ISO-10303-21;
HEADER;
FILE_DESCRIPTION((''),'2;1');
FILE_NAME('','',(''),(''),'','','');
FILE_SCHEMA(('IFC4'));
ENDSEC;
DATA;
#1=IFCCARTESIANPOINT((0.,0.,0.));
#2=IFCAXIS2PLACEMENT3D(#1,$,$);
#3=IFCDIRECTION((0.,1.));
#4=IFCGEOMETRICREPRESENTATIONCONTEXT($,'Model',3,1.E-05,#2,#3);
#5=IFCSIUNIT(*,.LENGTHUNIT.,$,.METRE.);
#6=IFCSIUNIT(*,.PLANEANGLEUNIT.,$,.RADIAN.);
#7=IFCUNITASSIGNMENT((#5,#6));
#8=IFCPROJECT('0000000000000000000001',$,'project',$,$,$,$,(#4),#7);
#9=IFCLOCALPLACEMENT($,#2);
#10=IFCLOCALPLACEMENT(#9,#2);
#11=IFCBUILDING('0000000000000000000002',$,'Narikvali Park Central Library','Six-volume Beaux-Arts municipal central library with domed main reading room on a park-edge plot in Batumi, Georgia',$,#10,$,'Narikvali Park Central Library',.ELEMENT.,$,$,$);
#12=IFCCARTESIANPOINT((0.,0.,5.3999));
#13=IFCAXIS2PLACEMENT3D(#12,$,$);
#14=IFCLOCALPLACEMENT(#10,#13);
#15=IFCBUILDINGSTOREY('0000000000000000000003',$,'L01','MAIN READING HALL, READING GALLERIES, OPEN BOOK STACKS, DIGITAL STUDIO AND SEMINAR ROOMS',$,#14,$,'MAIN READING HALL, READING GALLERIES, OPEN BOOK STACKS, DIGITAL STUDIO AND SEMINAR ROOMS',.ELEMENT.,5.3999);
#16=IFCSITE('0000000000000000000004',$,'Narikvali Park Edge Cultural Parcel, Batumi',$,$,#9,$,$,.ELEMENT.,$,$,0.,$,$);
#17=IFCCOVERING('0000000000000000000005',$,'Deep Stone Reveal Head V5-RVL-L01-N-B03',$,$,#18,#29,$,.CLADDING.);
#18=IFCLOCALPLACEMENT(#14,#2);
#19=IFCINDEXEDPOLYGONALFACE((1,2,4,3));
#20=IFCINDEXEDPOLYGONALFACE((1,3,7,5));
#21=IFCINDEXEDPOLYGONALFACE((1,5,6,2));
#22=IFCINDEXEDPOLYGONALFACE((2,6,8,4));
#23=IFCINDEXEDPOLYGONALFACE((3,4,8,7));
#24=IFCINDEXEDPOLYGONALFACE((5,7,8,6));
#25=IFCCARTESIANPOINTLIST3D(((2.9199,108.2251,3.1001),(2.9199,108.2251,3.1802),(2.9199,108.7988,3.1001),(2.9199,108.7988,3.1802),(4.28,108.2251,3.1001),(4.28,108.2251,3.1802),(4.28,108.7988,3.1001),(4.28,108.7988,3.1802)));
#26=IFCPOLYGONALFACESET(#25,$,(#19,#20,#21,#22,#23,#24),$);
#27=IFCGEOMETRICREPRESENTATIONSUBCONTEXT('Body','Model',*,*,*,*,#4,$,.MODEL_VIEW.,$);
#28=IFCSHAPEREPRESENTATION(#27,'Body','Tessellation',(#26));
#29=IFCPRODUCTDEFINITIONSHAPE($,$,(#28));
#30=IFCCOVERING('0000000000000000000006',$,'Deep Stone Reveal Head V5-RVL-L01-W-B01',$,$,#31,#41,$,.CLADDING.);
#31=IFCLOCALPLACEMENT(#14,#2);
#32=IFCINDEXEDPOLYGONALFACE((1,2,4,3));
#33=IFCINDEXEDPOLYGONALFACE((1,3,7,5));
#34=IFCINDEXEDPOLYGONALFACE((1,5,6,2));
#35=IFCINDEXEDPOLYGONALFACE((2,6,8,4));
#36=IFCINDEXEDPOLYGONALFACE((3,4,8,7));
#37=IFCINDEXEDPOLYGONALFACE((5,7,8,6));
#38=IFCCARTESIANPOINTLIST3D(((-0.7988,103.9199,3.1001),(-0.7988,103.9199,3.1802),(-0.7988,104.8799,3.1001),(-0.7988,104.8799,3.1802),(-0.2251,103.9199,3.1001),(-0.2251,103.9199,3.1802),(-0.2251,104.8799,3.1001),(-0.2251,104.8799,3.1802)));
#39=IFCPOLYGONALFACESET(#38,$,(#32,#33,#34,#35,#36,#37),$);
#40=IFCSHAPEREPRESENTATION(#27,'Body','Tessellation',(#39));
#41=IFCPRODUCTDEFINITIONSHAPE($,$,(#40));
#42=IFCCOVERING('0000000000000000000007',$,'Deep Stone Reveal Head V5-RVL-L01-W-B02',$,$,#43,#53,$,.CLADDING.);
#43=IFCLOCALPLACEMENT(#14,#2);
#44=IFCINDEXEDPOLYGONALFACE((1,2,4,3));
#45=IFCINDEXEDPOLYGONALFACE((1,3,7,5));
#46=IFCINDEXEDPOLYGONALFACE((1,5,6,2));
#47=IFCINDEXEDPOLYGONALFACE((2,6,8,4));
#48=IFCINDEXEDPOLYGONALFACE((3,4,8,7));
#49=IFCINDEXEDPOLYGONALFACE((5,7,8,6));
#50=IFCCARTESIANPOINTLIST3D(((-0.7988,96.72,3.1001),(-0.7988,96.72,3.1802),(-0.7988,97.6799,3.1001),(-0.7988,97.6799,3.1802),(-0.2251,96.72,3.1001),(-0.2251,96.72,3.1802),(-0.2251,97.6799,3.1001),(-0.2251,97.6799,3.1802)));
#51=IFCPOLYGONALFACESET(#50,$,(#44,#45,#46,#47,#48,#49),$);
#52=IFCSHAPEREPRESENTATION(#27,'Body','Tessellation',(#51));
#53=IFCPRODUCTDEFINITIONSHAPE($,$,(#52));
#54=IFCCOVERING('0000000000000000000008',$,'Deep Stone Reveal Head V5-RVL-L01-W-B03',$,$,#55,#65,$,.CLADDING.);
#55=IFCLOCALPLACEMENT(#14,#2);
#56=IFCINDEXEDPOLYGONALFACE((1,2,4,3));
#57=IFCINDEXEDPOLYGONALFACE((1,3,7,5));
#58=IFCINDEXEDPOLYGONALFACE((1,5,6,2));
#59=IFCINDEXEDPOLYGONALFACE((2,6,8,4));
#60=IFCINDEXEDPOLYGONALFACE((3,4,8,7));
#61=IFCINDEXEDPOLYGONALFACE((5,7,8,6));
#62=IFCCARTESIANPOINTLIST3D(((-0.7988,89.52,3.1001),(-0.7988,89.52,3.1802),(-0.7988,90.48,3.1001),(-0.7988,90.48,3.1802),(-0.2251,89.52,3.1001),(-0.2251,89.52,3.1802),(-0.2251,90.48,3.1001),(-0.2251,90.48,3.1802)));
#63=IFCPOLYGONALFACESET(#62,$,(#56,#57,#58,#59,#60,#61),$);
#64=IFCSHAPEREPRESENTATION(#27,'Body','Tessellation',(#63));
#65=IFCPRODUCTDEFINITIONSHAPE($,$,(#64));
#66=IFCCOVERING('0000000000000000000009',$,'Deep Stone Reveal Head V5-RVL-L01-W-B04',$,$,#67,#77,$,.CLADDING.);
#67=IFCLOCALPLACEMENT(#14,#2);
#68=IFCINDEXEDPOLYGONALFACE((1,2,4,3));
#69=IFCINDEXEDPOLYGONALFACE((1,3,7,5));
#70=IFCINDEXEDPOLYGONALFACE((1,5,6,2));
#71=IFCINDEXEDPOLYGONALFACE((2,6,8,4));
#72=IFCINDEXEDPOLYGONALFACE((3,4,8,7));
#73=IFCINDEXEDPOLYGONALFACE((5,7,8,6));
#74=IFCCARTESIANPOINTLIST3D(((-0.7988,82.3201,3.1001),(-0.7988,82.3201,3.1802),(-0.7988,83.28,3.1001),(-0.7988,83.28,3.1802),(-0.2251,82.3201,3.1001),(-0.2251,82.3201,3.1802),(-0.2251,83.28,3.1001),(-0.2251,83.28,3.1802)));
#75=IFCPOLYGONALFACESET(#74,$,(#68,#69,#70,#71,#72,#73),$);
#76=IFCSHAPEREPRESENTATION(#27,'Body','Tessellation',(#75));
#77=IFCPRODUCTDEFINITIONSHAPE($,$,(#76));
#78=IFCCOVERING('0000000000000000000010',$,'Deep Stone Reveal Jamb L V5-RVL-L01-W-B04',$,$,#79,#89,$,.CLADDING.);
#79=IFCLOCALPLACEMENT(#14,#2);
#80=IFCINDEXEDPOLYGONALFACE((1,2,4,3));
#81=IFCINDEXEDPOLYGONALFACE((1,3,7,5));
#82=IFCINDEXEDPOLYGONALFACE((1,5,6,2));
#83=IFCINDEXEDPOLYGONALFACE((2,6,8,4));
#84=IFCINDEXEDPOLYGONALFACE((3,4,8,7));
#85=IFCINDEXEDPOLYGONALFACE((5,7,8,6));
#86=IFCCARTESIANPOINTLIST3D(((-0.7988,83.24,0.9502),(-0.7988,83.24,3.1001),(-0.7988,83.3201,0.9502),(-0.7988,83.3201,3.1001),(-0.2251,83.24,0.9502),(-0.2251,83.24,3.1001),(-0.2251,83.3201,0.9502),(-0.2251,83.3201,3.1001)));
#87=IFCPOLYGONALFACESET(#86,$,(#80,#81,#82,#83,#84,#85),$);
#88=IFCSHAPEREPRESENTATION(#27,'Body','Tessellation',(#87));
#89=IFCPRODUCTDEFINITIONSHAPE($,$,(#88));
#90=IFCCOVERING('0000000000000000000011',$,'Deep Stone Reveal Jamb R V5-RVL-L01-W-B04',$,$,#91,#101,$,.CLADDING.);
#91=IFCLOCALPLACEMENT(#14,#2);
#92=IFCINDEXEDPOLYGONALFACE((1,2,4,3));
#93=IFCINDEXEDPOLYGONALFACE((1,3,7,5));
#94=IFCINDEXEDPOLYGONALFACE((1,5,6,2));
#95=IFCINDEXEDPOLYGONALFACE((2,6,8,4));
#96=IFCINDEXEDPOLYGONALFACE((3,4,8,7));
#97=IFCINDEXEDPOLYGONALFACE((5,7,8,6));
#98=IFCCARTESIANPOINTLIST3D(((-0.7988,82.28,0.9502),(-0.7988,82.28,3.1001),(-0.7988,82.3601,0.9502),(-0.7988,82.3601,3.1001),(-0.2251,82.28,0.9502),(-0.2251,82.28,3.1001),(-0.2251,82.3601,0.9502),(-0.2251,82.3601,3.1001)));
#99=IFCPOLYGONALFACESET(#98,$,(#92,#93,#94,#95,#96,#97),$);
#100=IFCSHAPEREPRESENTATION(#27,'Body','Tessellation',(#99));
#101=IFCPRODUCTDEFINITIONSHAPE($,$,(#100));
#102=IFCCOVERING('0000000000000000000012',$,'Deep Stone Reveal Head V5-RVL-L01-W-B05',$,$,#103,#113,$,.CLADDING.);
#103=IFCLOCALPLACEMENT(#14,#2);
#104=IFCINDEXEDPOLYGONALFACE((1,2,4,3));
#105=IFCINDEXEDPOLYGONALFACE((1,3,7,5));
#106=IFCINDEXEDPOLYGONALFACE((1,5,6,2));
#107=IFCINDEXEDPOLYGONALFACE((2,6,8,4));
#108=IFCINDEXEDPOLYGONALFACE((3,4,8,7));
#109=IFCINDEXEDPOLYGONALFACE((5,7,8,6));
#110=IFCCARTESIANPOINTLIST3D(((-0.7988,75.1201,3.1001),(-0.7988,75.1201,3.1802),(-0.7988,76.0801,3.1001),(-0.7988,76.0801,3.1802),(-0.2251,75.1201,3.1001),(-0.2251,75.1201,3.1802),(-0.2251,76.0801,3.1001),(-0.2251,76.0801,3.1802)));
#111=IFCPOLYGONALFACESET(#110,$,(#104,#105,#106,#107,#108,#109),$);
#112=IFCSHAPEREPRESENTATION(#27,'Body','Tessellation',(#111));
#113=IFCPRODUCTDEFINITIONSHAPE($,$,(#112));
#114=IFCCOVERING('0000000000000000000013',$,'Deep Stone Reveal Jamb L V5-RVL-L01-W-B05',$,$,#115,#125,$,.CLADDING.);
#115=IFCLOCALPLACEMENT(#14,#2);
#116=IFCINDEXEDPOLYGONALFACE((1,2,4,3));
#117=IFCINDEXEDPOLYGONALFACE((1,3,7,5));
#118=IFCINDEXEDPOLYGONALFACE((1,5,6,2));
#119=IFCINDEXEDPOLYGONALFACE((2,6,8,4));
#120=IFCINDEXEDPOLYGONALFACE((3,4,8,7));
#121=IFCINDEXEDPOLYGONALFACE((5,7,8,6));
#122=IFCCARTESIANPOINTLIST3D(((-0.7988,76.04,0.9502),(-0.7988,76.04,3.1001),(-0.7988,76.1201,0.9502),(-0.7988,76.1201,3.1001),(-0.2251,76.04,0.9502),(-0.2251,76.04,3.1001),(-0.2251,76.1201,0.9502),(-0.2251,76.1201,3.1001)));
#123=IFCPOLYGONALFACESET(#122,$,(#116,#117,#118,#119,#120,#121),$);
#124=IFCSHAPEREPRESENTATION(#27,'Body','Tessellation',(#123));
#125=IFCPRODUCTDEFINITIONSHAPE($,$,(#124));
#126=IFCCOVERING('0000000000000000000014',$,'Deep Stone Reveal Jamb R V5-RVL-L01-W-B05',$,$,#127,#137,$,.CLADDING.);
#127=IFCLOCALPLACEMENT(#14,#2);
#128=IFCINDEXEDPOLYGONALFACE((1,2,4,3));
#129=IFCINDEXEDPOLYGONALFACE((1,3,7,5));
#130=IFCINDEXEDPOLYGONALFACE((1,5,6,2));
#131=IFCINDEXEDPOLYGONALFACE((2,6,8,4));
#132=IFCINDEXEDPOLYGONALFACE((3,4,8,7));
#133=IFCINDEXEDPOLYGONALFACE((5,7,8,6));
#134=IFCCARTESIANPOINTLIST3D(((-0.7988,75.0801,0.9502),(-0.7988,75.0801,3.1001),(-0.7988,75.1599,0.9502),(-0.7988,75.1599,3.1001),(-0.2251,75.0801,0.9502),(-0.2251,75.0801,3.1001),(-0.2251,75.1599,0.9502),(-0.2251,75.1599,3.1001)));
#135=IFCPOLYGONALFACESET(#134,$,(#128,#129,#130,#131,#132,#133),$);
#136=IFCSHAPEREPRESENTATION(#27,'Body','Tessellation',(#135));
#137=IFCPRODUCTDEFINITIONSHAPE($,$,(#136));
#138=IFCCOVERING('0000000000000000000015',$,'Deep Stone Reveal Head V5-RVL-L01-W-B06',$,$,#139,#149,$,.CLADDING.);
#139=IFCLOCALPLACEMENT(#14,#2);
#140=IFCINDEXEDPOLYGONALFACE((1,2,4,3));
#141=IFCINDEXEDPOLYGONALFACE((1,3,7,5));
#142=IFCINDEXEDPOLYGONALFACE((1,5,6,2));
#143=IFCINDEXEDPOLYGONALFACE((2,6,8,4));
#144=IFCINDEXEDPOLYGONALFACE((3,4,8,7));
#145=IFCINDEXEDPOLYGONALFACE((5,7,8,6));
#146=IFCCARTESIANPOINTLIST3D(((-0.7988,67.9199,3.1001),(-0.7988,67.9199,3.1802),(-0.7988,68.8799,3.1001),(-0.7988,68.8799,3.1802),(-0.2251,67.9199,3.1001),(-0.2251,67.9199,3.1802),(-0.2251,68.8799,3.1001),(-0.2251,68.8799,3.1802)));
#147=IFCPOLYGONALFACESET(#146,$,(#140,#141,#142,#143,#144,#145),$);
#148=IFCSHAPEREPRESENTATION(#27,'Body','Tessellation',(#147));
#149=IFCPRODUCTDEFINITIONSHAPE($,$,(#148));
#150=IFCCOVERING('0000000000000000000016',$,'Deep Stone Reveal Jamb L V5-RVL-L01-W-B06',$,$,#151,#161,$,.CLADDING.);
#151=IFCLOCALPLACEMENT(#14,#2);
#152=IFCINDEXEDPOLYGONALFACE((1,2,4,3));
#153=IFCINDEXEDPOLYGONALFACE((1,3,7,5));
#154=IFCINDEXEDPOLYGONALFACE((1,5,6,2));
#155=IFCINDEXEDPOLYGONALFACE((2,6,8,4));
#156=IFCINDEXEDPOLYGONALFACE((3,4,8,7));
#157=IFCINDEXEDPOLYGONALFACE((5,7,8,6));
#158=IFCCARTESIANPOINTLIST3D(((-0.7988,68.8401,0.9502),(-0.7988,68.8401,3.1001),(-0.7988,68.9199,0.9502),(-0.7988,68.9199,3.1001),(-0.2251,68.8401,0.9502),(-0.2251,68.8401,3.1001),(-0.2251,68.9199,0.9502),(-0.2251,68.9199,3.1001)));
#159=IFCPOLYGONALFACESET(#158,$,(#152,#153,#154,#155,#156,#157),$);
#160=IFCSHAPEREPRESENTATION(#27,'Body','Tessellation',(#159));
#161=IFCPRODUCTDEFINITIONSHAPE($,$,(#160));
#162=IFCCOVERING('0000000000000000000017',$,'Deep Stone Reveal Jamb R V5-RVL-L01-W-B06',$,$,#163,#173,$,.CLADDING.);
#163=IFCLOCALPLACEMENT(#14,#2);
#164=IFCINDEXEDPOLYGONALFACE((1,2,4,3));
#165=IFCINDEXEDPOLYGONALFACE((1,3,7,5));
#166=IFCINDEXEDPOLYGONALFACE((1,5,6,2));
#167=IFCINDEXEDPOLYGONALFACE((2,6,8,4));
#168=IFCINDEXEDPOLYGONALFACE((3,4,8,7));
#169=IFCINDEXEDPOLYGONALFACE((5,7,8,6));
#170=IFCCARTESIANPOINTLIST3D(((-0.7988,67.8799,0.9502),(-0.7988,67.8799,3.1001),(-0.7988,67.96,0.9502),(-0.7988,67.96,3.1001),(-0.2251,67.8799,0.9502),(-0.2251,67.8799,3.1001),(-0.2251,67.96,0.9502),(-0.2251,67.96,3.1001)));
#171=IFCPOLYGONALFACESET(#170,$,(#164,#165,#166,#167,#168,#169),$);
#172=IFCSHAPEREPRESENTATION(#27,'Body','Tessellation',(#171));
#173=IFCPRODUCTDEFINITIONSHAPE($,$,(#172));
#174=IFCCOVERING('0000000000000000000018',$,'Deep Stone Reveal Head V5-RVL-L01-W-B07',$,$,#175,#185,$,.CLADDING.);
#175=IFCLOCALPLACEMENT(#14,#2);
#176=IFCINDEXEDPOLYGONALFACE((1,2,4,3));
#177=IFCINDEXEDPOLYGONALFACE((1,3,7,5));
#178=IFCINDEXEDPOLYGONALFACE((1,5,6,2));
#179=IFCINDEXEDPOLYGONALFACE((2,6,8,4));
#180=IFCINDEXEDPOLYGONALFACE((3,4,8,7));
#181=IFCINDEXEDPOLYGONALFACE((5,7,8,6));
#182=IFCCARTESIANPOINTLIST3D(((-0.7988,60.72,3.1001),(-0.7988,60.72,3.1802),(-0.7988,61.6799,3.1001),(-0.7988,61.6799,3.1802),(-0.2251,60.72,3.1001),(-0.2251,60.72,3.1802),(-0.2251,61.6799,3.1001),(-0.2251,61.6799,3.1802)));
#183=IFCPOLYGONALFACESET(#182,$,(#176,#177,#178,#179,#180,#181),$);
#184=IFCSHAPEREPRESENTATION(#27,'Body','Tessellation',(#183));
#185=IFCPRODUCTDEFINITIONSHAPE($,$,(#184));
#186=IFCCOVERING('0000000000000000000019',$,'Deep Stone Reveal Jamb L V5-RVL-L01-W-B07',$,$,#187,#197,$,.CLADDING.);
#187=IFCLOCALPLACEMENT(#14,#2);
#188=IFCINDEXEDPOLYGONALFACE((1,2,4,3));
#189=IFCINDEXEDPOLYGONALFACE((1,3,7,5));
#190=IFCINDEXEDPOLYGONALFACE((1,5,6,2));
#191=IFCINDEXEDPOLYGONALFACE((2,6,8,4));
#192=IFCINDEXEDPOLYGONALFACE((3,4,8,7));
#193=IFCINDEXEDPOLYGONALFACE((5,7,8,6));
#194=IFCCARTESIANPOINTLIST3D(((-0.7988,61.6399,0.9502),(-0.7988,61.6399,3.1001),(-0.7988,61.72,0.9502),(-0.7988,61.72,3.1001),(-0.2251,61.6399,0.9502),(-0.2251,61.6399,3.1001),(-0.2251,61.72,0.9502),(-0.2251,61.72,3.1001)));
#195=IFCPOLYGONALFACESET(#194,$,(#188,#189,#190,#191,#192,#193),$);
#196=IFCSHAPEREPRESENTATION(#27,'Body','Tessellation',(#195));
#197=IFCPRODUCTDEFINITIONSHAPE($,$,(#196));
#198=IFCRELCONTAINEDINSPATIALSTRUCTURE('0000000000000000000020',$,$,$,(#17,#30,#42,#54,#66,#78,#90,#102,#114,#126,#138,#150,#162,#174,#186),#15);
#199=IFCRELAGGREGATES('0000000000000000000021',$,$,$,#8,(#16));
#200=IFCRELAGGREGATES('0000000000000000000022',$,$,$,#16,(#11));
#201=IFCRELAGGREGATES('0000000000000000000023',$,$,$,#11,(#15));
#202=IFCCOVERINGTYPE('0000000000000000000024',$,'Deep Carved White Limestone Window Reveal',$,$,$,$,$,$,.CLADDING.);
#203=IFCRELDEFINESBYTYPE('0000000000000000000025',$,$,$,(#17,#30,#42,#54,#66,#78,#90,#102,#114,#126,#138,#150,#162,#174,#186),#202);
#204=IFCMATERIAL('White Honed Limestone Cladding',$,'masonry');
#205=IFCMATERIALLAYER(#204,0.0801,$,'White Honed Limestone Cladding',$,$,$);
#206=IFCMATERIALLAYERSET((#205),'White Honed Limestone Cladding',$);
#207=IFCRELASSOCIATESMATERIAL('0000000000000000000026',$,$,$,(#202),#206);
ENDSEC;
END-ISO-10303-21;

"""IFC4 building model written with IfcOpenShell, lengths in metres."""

from ifc_helpers import new_model, si_unit, direction, frame, origin, place, context, subcontext, project, spatial, polyline, outline, extrude, material, layer, layer_set, type_object, element, save


model = new_model("IFC4")

# Units and contexts
model_context = context("Model", 3, precision=1e-05, world=origin(), true_north=direction((0.0, 1.0)))
body_context = subcontext(model_context, "Body", "Model", "MODEL_VIEW")
ifc_project = project(units=[si_unit("LENGTHUNIT", "METRE"), si_unit("PLANEANGLEUNIT", "RADIAN")], contexts=[model_context])

# Site, building, storey
site_placement = place(None, origin())
site = spatial("IfcSite", under=ifc_project, at=site_placement, Name="Narikvali Park Edge Cultural Parcel, Batumi", CompositionType="ELEMENT", RefElevation=0.0)
building_placement = place(site_placement, origin())
building = spatial("IfcBuilding", under=site, at=building_placement, Name="Narikvali Park Central Library", Description="Six-volume Beaux-Arts municipal central library with domed main reading room on a park-edge plot in Batumi, Georgia", LongName="Narikvali Park Central Library", CompositionType="ELEMENT")
storey_placement = place(building_placement, frame((0.0, 0.0, 5.3999)))
storey = spatial("IfcBuildingStorey", under=building, at=storey_placement, Name="L01", Description="MAIN READING HALL, READING GALLERIES, OPEN BOOK STACKS, DIGITAL STUDIO AND SEMINAR ROOMS", LongName="MAIN READING HALL, READING GALLERIES, OPEN BOOK STACKS, DIGITAL STUDIO AND SEMINAR ROOMS", CompositionType="ELEMENT", Elevation=5.3999)

# Coverings
ifc_material = material(Name="White Honed Limestone Cladding", Category="masonry")
ifc_layer = layer(ifc_material, 0.0801, Name="White Honed Limestone Cladding")
ifc_layer_set = layer_set([ifc_layer], Name="White Honed Limestone Cladding")
covering_type = type_object("IfcCoveringType", Name="Deep Carved White Limestone Window Reveal", PredefinedType="CLADDING", material=ifc_layer_set)
covering_1_placement = place(storey_placement, frame((0.0, 0.0, 3.1001)))
element("IfcCovering", 1, at=covering_1_placement, inside=storey, type_object=covering_type, Name="Deep Stone Reveal Head V5-RVL-L01-N-B03", PredefinedType="CLADDING", context=body_context, shape_type="SweptSolid", body=[
    extrude(outline(polyline([(4.28, 108.2251), (2.9199, 108.2251), (2.9199, 108.7988), (4.28, 108.7988), (4.28, 108.2251)])), origin(), (0.0, 0.0, 1.0), 0.0801),
])
covering_2_placement = place(storey_placement, frame((0.0, 0.0, 3.1001)))
element("IfcCovering", 2, at=covering_2_placement, inside=storey, type_object=covering_type, Name="Deep Stone Reveal Head V5-RVL-L01-W-B01", PredefinedType="CLADDING", context=body_context, shape_type="SweptSolid", body=[
    extrude(outline(polyline([(-0.2251, 104.8799), (-0.2251, 103.9199), (-0.7988, 103.9199), (-0.7988, 104.8799), (-0.2251, 104.8799)])), origin(), (0.0, 0.0, 1.0), 0.0801),
])
covering_3_placement = place(storey_placement, frame((0.0, 0.0, 3.1001)))
element("IfcCovering", 3, at=covering_3_placement, inside=storey, type_object=covering_type, Name="Deep Stone Reveal Head V5-RVL-L01-W-B02", PredefinedType="CLADDING", context=body_context, shape_type="SweptSolid", body=[
    extrude(outline(polyline([(-0.2251, 97.6799), (-0.2251, 96.72), (-0.7988, 96.72), (-0.7988, 97.6799), (-0.2251, 97.6799)])), origin(), (0.0, 0.0, 1.0), 0.0801),
])
covering_4_placement = place(storey_placement, frame((0.0, 0.0, 3.1001)))
element("IfcCovering", 4, at=covering_4_placement, inside=storey, type_object=covering_type, Name="Deep Stone Reveal Head V5-RVL-L01-W-B03", PredefinedType="CLADDING", context=body_context, shape_type="SweptSolid", body=[
    extrude(outline(polyline([(-0.2251, 90.48), (-0.2251, 89.52), (-0.7988, 89.52), (-0.7988, 90.48), (-0.2251, 90.48)])), origin(), (0.0, 0.0, 1.0), 0.0801),
])
covering_5_placement = place(storey_placement, frame((0.0, 0.0, 3.1001)))
element("IfcCovering", 5, at=covering_5_placement, inside=storey, type_object=covering_type, Name="Deep Stone Reveal Head V5-RVL-L01-W-B04", PredefinedType="CLADDING", context=body_context, shape_type="SweptSolid", body=[
    extrude(outline(polyline([(-0.2251, 83.28), (-0.2251, 82.3201), (-0.7988, 82.3201), (-0.7988, 83.28), (-0.2251, 83.28)])), origin(), (0.0, 0.0, 1.0), 0.0801),
])
covering_6_placement = place(storey_placement, frame((0.0, 0.0, 0.9502)))
element("IfcCovering", 6, at=covering_6_placement, inside=storey, type_object=covering_type, Name="Deep Stone Reveal Jamb L V5-RVL-L01-W-B04", PredefinedType="CLADDING", context=body_context, shape_type="SweptSolid", body=[
    extrude(outline(polyline([(-0.2251, 83.3201), (-0.2251, 83.24), (-0.7988, 83.24), (-0.7988, 83.3201), (-0.2251, 83.3201)])), origin(), (0.0, 0.0, 1.0), 2.1499),
])
covering_7_placement = place(storey_placement, frame((0.0, 0.0, 0.9502)))
element("IfcCovering", 7, at=covering_7_placement, inside=storey, type_object=covering_type, Name="Deep Stone Reveal Jamb R V5-RVL-L01-W-B04", PredefinedType="CLADDING", context=body_context, shape_type="SweptSolid", body=[
    extrude(outline(polyline([(-0.2251, 82.3601), (-0.2251, 82.28), (-0.7988, 82.28), (-0.7988, 82.3601), (-0.2251, 82.3601)])), origin(), (0.0, 0.0, 1.0), 2.1499),
])
covering_8_placement = place(storey_placement, frame((0.0, 0.0, 3.1001)))
element("IfcCovering", 8, at=covering_8_placement, inside=storey, type_object=covering_type, Name="Deep Stone Reveal Head V5-RVL-L01-W-B05", PredefinedType="CLADDING", context=body_context, shape_type="SweptSolid", body=[
    extrude(outline(polyline([(-0.2251, 76.0801), (-0.2251, 75.1201), (-0.7988, 75.1201), (-0.7988, 76.0801), (-0.2251, 76.0801)])), origin(), (0.0, 0.0, 1.0), 0.0801),
])
covering_9_placement = place(storey_placement, frame((0.0, 0.0, 0.9502)))
element("IfcCovering", 9, at=covering_9_placement, inside=storey, type_object=covering_type, Name="Deep Stone Reveal Jamb L V5-RVL-L01-W-B05", PredefinedType="CLADDING", context=body_context, shape_type="SweptSolid", body=[
    extrude(outline(polyline([(-0.2251, 76.1201), (-0.2251, 76.04), (-0.7988, 76.04), (-0.7988, 76.1201), (-0.2251, 76.1201)])), origin(), (0.0, 0.0, 1.0), 2.1499),
])
covering_10_placement = place(storey_placement, frame((0.0, 0.0, 0.9502)))
element("IfcCovering", 10, at=covering_10_placement, inside=storey, type_object=covering_type, Name="Deep Stone Reveal Jamb R V5-RVL-L01-W-B05", PredefinedType="CLADDING", context=body_context, shape_type="SweptSolid", body=[
    extrude(outline(polyline([(-0.2251, 75.1599), (-0.2251, 75.0801), (-0.7988, 75.0801), (-0.7988, 75.1599), (-0.2251, 75.1599)])), origin(), (0.0, 0.0, 1.0), 2.1499),
])
covering_11_placement = place(storey_placement, frame((0.0, 0.0, 3.1001)))
element("IfcCovering", 11, at=covering_11_placement, inside=storey, type_object=covering_type, Name="Deep Stone Reveal Head V5-RVL-L01-W-B06", PredefinedType="CLADDING", context=body_context, shape_type="SweptSolid", body=[
    extrude(outline(polyline([(-0.2251, 68.8799), (-0.2251, 67.9199), (-0.7988, 67.9199), (-0.7988, 68.8799), (-0.2251, 68.8799)])), origin(), (0.0, 0.0, 1.0), 0.0801),
])
covering_12_placement = place(storey_placement, frame((0.0, 0.0, 0.9502)))
element("IfcCovering", 12, at=covering_12_placement, inside=storey, type_object=covering_type, Name="Deep Stone Reveal Jamb L V5-RVL-L01-W-B06", PredefinedType="CLADDING", context=body_context, shape_type="SweptSolid", body=[
    extrude(outline(polyline([(-0.2251, 68.9199), (-0.2251, 68.8401), (-0.7988, 68.8401), (-0.7988, 68.9199), (-0.2251, 68.9199)])), origin(), (0.0, 0.0, 1.0), 2.1499),
])
covering_13_placement = place(storey_placement, frame((0.0, 0.0, 0.9502)))
element("IfcCovering", 13, at=covering_13_placement, inside=storey, type_object=covering_type, Name="Deep Stone Reveal Jamb R V5-RVL-L01-W-B06", PredefinedType="CLADDING", context=body_context, shape_type="SweptSolid", body=[
    extrude(outline(polyline([(-0.2251, 67.96), (-0.2251, 67.8799), (-0.7988, 67.8799), (-0.7988, 67.96), (-0.2251, 67.96)])), origin(), (0.0, 0.0, 1.0), 2.1499),
])
covering_14_placement = place(storey_placement, frame((0.0, 0.0, 3.1001)))
element("IfcCovering", 14, at=covering_14_placement, inside=storey, type_object=covering_type, Name="Deep Stone Reveal Head V5-RVL-L01-W-B07", PredefinedType="CLADDING", context=body_context, shape_type="SweptSolid", body=[
    extrude(outline(polyline([(-0.2251, 61.6799), (-0.2251, 60.72), (-0.7988, 60.72), (-0.7988, 61.6799), (-0.2251, 61.6799)])), origin(), (0.0, 0.0, 1.0), 0.0801),
])
covering_15_placement = place(storey_placement, frame((0.0, 0.0, 0.9502)))
element("IfcCovering", 15, at=covering_15_placement, inside=storey, type_object=covering_type, Name="Deep Stone Reveal Jamb L V5-RVL-L01-W-B07", PredefinedType="CLADDING", context=body_context, shape_type="SweptSolid", body=[
    extrude(outline(polyline([(-0.2251, 61.72), (-0.2251, 61.6399), (-0.7988, 61.6399), (-0.7988, 61.72), (-0.2251, 61.72)])), origin(), (0.0, 0.0, 1.0), 2.1499),
])

save(model, "model.ifc")
